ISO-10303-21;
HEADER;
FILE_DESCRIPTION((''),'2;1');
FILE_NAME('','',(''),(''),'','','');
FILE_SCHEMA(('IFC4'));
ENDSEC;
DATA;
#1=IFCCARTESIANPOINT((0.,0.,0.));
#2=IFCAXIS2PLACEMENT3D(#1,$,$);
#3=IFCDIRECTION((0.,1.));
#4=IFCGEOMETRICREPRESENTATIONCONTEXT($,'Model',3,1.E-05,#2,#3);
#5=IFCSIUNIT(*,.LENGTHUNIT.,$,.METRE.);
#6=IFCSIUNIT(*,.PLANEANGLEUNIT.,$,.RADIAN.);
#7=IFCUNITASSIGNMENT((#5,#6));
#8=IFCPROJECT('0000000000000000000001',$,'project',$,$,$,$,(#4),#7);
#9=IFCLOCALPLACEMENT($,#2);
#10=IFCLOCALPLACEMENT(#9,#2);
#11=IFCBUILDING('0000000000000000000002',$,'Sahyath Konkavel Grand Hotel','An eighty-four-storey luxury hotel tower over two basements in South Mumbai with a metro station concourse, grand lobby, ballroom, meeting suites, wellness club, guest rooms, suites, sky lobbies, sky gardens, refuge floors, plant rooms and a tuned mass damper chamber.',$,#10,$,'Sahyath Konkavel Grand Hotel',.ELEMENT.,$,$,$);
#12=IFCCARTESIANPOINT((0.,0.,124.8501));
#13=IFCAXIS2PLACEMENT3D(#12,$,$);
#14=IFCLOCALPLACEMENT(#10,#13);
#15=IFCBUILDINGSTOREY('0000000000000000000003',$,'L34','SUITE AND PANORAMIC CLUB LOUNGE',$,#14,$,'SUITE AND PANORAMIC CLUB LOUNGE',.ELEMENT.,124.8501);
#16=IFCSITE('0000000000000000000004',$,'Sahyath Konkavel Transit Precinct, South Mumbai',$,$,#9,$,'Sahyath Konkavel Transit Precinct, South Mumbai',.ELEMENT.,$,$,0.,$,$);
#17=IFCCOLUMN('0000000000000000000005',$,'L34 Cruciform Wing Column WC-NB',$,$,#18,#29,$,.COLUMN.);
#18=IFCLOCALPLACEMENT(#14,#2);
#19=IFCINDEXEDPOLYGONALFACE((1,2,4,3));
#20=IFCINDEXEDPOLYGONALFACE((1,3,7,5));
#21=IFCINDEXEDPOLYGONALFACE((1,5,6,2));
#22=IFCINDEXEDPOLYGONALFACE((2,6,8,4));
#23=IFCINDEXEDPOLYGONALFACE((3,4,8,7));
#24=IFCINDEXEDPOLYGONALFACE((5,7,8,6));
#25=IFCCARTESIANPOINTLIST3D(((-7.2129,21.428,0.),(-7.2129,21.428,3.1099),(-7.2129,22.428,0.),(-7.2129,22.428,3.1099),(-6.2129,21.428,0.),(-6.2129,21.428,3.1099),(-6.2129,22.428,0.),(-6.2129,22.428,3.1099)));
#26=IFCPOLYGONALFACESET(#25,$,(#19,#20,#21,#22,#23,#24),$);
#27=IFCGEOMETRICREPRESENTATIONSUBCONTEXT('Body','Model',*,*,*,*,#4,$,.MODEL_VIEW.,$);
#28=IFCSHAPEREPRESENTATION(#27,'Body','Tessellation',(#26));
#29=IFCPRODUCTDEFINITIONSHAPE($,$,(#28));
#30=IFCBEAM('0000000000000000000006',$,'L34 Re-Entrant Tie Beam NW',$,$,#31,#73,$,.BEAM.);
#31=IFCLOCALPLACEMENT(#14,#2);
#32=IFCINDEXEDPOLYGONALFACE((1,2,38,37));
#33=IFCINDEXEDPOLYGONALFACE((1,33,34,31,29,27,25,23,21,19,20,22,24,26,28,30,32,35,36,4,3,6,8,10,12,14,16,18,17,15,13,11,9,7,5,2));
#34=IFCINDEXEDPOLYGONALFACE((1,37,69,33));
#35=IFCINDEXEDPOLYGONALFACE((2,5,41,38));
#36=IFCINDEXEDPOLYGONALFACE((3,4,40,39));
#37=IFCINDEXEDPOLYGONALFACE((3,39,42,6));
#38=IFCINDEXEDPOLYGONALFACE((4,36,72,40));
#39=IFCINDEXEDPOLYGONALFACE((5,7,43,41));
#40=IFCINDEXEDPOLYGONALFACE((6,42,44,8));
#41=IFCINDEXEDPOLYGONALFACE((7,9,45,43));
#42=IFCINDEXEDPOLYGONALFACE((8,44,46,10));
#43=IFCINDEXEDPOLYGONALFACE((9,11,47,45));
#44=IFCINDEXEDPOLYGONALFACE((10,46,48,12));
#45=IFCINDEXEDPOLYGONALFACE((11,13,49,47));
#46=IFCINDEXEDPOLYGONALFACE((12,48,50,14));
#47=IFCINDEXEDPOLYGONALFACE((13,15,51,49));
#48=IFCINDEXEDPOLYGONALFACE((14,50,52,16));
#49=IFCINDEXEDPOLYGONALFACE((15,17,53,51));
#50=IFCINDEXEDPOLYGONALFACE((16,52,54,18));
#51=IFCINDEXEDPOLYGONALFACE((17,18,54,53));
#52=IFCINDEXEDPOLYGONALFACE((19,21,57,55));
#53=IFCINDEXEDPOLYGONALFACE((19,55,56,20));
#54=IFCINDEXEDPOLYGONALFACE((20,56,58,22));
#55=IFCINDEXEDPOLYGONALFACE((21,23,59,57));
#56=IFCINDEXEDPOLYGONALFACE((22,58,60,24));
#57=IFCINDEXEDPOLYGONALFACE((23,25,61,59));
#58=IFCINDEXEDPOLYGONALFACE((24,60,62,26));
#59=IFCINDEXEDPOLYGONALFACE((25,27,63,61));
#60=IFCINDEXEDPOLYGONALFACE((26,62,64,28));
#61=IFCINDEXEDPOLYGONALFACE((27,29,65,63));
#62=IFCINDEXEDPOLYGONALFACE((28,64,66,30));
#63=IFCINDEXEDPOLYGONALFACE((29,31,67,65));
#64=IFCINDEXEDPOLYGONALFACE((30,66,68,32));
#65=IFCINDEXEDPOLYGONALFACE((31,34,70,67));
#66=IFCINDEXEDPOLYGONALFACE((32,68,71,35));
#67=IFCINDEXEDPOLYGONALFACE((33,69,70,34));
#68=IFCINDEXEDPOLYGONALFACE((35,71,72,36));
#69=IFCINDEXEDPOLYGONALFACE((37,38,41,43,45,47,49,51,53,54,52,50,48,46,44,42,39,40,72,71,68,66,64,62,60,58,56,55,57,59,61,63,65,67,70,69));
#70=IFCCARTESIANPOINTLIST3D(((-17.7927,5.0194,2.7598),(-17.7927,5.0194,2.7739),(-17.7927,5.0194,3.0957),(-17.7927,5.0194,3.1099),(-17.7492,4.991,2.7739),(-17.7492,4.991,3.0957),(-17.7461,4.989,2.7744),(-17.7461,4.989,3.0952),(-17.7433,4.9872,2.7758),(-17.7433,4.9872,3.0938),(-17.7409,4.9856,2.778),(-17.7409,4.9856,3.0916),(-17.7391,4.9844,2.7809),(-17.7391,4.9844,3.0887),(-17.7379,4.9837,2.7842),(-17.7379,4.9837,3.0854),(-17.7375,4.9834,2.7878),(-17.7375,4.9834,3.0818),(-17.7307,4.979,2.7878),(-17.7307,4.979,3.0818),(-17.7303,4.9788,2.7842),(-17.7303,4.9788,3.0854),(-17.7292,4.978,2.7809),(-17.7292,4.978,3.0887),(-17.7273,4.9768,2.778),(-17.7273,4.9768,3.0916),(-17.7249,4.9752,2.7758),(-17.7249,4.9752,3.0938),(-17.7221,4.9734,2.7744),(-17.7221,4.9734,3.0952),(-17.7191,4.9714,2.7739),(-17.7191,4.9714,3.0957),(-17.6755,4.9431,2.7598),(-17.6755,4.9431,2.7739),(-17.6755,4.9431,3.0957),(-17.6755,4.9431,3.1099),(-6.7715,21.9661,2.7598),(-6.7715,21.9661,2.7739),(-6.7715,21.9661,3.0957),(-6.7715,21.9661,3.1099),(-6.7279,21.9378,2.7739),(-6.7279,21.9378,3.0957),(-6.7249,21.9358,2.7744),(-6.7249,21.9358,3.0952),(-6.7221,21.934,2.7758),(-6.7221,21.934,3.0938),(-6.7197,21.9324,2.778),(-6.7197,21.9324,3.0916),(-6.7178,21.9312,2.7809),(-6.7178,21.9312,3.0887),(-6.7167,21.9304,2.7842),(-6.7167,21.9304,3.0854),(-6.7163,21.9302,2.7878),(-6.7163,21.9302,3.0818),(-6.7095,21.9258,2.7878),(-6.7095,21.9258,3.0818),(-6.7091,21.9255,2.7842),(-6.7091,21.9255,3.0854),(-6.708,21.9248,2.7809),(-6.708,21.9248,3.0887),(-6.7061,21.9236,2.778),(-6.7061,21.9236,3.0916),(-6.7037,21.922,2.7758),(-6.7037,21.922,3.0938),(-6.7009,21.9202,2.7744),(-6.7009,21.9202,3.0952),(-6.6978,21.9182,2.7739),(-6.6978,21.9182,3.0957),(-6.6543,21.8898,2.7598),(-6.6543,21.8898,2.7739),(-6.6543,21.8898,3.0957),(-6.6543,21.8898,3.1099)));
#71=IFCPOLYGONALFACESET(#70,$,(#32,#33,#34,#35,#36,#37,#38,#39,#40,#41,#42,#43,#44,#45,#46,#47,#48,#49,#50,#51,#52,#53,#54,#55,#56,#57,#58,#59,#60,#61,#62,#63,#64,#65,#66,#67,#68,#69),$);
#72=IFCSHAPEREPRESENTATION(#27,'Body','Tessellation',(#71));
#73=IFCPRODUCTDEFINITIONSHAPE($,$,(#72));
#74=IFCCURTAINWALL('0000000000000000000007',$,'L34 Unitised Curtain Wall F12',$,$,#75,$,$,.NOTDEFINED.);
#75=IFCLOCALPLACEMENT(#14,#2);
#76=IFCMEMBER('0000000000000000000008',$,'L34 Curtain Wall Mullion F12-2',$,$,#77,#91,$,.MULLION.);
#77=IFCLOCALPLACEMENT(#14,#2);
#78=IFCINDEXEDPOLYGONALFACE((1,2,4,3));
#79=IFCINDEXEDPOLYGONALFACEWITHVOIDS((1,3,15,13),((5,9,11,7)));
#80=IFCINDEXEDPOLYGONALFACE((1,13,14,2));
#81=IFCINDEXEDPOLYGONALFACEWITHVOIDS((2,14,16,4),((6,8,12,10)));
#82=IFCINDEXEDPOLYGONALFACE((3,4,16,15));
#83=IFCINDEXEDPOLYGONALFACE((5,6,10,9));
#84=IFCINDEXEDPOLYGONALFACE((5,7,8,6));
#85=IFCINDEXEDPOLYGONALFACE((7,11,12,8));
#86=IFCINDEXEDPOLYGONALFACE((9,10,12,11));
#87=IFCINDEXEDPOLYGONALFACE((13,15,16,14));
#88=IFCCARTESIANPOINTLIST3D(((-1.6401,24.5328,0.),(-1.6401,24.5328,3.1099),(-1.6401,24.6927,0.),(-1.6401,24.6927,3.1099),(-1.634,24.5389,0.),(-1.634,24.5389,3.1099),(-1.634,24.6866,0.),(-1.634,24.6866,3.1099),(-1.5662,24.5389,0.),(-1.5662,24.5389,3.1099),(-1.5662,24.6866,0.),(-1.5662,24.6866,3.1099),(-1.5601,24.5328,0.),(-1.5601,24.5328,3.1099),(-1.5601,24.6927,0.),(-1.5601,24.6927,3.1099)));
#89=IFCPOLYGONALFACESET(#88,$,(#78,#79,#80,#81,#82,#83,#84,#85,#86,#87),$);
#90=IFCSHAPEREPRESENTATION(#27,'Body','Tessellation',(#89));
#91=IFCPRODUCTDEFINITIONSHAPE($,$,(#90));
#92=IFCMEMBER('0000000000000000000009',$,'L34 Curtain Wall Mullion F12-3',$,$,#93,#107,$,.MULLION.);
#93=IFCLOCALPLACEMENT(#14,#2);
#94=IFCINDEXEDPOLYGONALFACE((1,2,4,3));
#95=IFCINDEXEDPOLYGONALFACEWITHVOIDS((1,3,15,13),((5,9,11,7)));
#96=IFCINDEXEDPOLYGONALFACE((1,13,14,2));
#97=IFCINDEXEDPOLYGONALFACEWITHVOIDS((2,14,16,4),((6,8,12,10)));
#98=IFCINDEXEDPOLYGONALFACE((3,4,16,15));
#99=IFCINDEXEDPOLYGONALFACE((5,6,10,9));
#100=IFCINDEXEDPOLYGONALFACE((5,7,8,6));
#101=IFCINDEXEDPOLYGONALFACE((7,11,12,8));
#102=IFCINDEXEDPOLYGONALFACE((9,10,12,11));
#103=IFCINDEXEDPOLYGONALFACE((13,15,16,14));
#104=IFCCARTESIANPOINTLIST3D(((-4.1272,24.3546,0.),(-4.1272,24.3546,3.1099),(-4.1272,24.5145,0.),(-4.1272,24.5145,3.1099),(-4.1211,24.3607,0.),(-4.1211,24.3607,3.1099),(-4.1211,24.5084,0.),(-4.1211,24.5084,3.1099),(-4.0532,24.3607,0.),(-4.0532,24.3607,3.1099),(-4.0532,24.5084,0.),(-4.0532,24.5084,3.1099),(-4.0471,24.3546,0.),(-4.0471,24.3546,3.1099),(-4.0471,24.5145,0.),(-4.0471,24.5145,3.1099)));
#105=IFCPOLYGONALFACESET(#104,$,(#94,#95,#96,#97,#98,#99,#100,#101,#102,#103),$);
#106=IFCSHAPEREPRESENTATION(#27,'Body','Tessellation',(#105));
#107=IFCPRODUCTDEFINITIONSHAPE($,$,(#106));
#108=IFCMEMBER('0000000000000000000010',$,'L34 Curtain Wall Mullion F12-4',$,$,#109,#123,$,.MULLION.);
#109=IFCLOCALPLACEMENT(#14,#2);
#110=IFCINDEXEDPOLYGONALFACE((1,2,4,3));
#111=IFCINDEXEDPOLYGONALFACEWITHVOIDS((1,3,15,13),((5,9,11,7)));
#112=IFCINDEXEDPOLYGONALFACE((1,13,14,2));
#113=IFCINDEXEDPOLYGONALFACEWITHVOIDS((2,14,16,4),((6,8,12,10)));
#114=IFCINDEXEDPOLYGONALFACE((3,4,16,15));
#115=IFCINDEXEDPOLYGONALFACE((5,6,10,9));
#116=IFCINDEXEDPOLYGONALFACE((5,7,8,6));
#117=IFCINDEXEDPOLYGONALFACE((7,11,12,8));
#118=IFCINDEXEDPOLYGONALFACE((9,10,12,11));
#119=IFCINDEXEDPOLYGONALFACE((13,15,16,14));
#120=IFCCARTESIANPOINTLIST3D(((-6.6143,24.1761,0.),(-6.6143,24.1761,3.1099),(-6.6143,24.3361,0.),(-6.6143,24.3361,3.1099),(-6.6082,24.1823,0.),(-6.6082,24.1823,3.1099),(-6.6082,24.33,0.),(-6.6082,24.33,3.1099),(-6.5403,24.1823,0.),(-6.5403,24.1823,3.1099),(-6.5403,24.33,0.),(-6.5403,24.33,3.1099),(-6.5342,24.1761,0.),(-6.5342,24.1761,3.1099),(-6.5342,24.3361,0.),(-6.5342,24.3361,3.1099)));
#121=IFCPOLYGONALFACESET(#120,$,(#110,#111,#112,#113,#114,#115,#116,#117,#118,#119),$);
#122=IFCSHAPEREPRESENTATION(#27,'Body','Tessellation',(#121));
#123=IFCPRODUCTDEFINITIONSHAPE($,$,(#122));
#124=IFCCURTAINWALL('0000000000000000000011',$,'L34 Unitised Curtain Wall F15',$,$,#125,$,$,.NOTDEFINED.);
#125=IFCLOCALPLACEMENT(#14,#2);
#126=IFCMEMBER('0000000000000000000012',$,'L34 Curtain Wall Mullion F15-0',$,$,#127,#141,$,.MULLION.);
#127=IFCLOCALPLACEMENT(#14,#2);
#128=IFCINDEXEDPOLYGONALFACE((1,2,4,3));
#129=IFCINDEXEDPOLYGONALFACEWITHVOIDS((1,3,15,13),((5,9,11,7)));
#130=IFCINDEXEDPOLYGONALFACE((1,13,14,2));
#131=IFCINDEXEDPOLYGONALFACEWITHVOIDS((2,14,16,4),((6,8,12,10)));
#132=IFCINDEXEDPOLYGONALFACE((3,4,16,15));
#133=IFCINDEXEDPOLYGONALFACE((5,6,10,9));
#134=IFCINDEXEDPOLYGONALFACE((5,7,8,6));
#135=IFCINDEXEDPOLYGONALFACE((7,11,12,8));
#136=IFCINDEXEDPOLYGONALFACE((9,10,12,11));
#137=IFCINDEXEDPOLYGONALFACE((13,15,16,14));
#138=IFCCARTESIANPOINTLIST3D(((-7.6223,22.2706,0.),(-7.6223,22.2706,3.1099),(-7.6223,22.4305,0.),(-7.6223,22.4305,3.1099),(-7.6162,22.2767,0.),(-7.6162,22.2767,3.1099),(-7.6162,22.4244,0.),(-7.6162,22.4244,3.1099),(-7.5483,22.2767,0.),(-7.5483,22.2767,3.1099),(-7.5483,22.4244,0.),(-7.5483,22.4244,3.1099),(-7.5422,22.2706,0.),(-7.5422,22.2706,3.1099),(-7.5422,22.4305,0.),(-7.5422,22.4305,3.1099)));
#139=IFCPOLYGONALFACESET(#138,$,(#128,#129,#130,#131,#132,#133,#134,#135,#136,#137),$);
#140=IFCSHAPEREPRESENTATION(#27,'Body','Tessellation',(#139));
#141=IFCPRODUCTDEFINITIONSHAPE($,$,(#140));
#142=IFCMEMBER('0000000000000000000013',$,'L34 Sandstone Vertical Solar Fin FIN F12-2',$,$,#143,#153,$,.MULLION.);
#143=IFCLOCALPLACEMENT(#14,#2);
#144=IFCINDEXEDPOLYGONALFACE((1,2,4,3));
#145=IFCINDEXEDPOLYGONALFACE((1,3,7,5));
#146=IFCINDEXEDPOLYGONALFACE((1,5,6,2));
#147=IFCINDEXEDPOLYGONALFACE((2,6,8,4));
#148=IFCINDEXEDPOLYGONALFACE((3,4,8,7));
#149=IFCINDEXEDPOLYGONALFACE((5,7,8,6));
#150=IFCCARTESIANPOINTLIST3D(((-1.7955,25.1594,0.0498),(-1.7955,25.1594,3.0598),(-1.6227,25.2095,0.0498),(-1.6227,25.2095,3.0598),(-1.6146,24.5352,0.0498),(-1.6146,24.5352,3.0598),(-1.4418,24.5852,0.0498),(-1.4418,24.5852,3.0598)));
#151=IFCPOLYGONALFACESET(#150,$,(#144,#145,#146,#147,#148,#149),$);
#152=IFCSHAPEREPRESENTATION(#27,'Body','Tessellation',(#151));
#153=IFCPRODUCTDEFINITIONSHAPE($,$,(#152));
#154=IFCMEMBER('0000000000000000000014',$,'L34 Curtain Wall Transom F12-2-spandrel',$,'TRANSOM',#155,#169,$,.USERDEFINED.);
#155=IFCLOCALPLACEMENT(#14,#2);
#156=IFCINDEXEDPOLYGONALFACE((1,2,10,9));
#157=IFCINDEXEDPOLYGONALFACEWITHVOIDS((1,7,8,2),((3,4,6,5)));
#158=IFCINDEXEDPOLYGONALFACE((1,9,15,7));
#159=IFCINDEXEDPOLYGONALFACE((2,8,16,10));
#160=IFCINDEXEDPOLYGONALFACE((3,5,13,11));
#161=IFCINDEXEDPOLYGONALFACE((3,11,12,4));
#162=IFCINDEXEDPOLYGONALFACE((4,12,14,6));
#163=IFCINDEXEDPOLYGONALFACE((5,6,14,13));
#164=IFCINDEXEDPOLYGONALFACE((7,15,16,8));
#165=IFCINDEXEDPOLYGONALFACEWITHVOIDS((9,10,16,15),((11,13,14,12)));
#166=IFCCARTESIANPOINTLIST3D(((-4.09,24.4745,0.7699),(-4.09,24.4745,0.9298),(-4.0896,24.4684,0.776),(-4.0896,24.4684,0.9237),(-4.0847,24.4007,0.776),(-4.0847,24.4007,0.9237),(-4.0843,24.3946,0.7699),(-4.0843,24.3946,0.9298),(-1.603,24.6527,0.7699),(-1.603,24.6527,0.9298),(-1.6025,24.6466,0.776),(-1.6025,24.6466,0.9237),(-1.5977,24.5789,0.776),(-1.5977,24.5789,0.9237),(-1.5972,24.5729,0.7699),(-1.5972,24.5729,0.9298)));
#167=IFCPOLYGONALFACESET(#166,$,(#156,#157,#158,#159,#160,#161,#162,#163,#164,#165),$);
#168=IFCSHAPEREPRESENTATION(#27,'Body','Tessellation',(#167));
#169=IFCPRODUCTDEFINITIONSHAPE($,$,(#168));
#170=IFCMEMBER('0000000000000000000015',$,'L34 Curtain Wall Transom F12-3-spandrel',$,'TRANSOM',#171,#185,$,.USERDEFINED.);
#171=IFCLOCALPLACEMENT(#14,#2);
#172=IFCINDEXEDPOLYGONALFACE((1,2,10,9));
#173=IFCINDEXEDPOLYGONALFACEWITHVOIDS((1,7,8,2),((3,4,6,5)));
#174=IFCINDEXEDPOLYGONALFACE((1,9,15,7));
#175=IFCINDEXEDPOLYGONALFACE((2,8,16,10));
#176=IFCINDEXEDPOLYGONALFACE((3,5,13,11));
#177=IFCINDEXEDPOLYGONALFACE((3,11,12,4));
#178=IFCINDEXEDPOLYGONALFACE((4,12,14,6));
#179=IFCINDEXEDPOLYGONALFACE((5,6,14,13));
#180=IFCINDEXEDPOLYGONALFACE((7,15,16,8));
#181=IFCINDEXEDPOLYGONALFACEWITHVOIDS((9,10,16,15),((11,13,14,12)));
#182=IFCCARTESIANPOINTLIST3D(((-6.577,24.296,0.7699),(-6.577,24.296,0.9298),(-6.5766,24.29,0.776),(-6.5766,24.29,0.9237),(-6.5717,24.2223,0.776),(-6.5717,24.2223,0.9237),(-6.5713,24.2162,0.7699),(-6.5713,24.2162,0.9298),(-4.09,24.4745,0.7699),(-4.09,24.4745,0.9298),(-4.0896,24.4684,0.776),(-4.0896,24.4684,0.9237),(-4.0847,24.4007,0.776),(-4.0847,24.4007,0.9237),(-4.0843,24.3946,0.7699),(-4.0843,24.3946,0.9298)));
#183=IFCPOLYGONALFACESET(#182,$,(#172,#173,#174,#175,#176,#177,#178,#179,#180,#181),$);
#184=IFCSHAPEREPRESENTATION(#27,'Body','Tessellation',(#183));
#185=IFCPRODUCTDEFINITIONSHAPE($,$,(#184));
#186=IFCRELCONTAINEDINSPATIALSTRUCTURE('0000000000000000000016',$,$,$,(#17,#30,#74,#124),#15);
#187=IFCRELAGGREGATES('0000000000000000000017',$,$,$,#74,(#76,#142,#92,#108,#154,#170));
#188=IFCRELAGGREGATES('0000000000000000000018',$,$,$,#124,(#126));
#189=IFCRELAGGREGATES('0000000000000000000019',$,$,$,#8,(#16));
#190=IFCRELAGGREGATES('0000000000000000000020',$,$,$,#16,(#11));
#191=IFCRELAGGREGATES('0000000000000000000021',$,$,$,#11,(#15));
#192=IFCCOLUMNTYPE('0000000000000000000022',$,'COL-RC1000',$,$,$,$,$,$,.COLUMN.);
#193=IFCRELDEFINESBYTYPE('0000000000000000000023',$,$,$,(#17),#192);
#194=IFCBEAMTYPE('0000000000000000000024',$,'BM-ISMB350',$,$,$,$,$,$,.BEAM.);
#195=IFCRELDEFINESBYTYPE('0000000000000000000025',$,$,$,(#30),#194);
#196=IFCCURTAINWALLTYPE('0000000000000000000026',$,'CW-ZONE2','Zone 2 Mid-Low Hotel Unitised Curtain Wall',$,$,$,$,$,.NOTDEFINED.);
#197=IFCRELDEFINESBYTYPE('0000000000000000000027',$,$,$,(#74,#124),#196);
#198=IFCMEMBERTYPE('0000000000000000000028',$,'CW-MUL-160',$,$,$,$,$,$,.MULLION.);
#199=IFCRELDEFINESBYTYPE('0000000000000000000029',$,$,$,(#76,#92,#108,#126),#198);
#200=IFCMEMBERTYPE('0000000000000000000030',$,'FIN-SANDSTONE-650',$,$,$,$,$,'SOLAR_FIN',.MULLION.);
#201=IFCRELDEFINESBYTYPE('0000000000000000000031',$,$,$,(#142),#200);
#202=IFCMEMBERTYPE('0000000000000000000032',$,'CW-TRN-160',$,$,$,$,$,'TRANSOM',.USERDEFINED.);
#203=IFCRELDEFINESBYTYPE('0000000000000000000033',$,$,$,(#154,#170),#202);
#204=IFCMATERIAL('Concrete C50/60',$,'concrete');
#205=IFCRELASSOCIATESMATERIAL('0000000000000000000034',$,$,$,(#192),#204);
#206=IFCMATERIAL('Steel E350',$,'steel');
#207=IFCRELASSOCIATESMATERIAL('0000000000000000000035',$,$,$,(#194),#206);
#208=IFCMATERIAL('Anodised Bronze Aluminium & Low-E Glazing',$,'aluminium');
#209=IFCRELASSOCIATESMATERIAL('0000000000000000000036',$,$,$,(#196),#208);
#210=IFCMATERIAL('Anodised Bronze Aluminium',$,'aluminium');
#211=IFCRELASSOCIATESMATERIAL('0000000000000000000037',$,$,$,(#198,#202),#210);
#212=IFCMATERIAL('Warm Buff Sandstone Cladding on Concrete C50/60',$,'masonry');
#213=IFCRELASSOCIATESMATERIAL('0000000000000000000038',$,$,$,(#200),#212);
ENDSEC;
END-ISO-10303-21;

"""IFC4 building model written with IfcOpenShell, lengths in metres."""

from ifc_helpers import new_model, si_unit, direction, frame, origin, origin_2d, place, context, subcontext, project, spatial, rectangle, hollow_rectangle, i_section, extrude, source, transform, mapped, material, material_profile, profile_set, type_object, element, aggregate, save


model = new_model("IFC4")

# Units and contexts
model_context = context("Model", 3, precision=1e-05, world=origin(), true_north=direction((0.0, 1.0)))
body_context = subcontext(model_context, "Body", "Model", "MODEL_VIEW")
ifc_project = project(units=[si_unit("LENGTHUNIT", "METRE"), si_unit("PLANEANGLEUNIT", "RADIAN")], contexts=[model_context])

# Site, building, storey
site_placement = place(None, origin())
site = spatial("IfcSite", under=ifc_project, at=site_placement, Name="Sahyath Konkavel Transit Precinct, South Mumbai", LongName="Sahyath Konkavel Transit Precinct, South Mumbai", CompositionType="ELEMENT", RefElevation=0.0)
building_placement = place(site_placement, origin())
building = spatial("IfcBuilding", under=site, at=building_placement, Name="Sahyath Konkavel Grand Hotel", Description="An eighty-four-storey luxury hotel tower over two basements in South Mumbai with a metro station concourse, grand lobby, ballroom, meeting suites, wellness club, guest rooms, suites, sky lobbies, sky gardens, refuge floors, plant rooms and a tuned mass damper chamber.", LongName="Sahyath Konkavel Grand Hotel", CompositionType="ELEMENT")
storey_placement = place(building_placement, frame((0.0, 0.0, 124.8501)))
storey = spatial("IfcBuildingStorey", under=building, at=storey_placement, Name="L34", Description="SUITE AND PANORAMIC CLUB LOUNGE", LongName="SUITE AND PANORAMIC CLUB LOUNGE", CompositionType="ELEMENT", Elevation=124.8501)

# Column
ifc_material_1 = material(Name="Concrete C50/60", Category="concrete")
ifc_material_profile_1 = material_profile(ifc_material_1, rectangle(XDim=1.0, YDim=1.0, at=origin_2d()), Name="RC 1000x1000")
ifc_profile_set_1 = profile_set([ifc_material_profile_1], Name="Concrete C50/60")
column_type = type_object("IfcColumnType", Name="COL-RC1000", PredefinedType="COLUMN", material=ifc_profile_set_1)
shared_shape_1 = source(origin(), body_context, "Body", "SweptSolid", [
    extrude(rectangle(XDim=1.0, YDim=1.0, at=origin_2d()), origin(), (0.0, 0.0, 1.0), 3.1099),
])
column_placement = place(storey_placement, frame((-6.7129, 21.928, 0.0), z_axis=(0.0, 0.0, 1.0), x_axis=(1.0, 0.0, 0.0)))
element("IfcColumn", 1, at=column_placement, inside=storey, type_object=column_type, Name="L34 Cruciform Wing Column WC-NB", PredefinedType="COLUMN", context=body_context, shape_type="MappedRepresentation", body=[
    mapped(shared_shape_1, transform((0.0, 0.0, 0.0), scale=1.0)),
])

# Beam
ifc_material_2 = material(Name="Steel E350", Category="steel")
ifc_material_profile_2 = material_profile(ifc_material_2, i_section(OverallWidth=0.1399, OverallDepth=0.3501, WebThickness=0.0081, FlangeThickness=0.0142, FilletRadius=0.0139, at=origin_2d()), Name="ISMB 350")
ifc_profile_set_2 = profile_set([ifc_material_profile_2], Name="Steel E350")
beam_type = type_object("IfcBeamType", Name="BM-ISMB350", PredefinedType="BEAM", material=ifc_profile_set_2)
shared_shape_2 = source(origin(), body_context, "Body", "SweptSolid", [
    extrude(i_section(OverallWidth=0.1399, OverallDepth=0.3501, WebThickness=0.0081, FlangeThickness=0.0142, FilletRadius=0.0139, at=origin_2d()), origin(), (0.0, 0.0, 1.0), 20.2153),
])
beam_placement = place(storey_placement, frame((-6.7129, 21.928, 2.9348), z_axis=(-0.545191, -0.838312, 0.0), x_axis=(0.838312, -0.545191, 0.0)))
element("IfcBeam", 2, at=beam_placement, inside=storey, type_object=beam_type, Name="L34 Re-Entrant Tie Beam NW", PredefinedType="BEAM", context=body_context, shape_type="MappedRepresentation", body=[
    mapped(shared_shape_2, transform((0.0, 0.0, 0.0), scale=1.0)),
])

# Curtain wall, members
ifc_material_3 = material(Name="Anodised Bronze Aluminium & Low-E Glazing", Category="aluminium")
curtain_wall_type = type_object("IfcCurtainWallType", Name="CW-ZONE2", Description="Zone 2 Mid-Low Hotel Unitised Curtain Wall", PredefinedType="NOTDEFINED", material=ifc_material_3)
curtain_wall_1_placement = place(storey_placement, origin())
curtain_wall_1 = element("IfcCurtainWall", 3, at=curtain_wall_1_placement, inside=storey, type_object=curtain_wall_type, Name="L34 Unitised Curtain Wall F12", PredefinedType="NOTDEFINED")
ifc_material_4 = material(Name="Anodised Bronze Aluminium", Category="aluminium")
ifc_material_profile_3 = material_profile(ifc_material_4, hollow_rectangle(XDim=0.0801, YDim=0.1599, WallThickness=0.0061, at=origin_2d()), Name="RHS 160x80x6")
ifc_profile_set_3 = profile_set([ifc_material_profile_3], Name="Anodised Bronze Aluminium")
member_type_1 = type_object("IfcMemberType", Name="CW-MUL-160", PredefinedType="MULLION", material=ifc_profile_set_3)
shared_shape_3 = source(origin(), body_context, "Body", "SweptSolid", [
    extrude(hollow_rectangle(XDim=0.0801, YDim=0.1599, WallThickness=0.0061, at=origin_2d()), origin(), (0.0, 0.0, 1.0), 3.1099),
])
member_1_placement = place(storey_placement, frame((-1.6001, 24.6128, 0.0), z_axis=(0.0, 0.0, 1.0), x_axis=(1.0, 0.0, 0.0)))
member_1 = element("IfcMember", 4, at=member_1_placement, type_object=member_type_1, Name="L34 Curtain Wall Mullion F12-2", PredefinedType="MULLION", context=body_context, shape_type="MappedRepresentation", body=[
    mapped(shared_shape_3, transform((0.0, 0.0, 0.0), scale=1.0)),
])
member_2_placement = place(storey_placement, frame((-4.0872, 24.4346, 0.0), z_axis=(0.0, 0.0, 1.0), x_axis=(1.0, 0.0, 0.0)))
member_2 = element("IfcMember", 5, at=member_2_placement, type_object=member_type_1, Name="L34 Curtain Wall Mullion F12-3", PredefinedType="MULLION", context=body_context, shape_type="MappedRepresentation", body=[
    mapped(shared_shape_3, transform((0.0, 0.0, 0.0), scale=1.0)),
])
member_3_placement = place(storey_placement, frame((-6.5742, 24.2561, 0.0), z_axis=(0.0, 0.0, 1.0), x_axis=(1.0, 0.0, 0.0)))
member_3 = element("IfcMember", 6, at=member_3_placement, type_object=member_type_1, Name="L34 Curtain Wall Mullion F12-4", PredefinedType="MULLION", context=body_context, shape_type="MappedRepresentation", body=[
    mapped(shared_shape_3, transform((0.0, 0.0, 0.0), scale=1.0)),
])

# Curtain wall, member
curtain_wall_2_placement = place(storey_placement, origin())
curtain_wall_2 = element("IfcCurtainWall", 7, at=curtain_wall_2_placement, inside=storey, type_object=curtain_wall_type, Name="L34 Unitised Curtain Wall F15", PredefinedType="NOTDEFINED")
member_4_placement = place(storey_placement, frame((-7.5823, 22.3506, 0.0), z_axis=(0.0, 0.0, 1.0), x_axis=(1.0, 0.0, 0.0)))
member_4 = element("IfcMember", 8, at=member_4_placement, type_object=member_type_1, Name="L34 Curtain Wall Mullion F15-0", PredefinedType="MULLION", context=body_context, shape_type="MappedRepresentation", body=[
    mapped(shared_shape_3, transform((0.0, 0.0, 0.0), scale=1.0)),
])

# Members
ifc_material_5 = material(Name="Warm Buff Sandstone Cladding on Concrete C50/60", Category="masonry")
ifc_material_profile_4 = material_profile(ifc_material_5, rectangle(XDim=0.1799, YDim=0.6499, at=origin_2d()), Name="FIN 180x650")
ifc_profile_set_4 = profile_set([ifc_material_profile_4], Name="Warm Buff Sandstone Cladding on Concrete C50/60")
member_type_2 = type_object("IfcMemberType", Name="FIN-SANDSTONE-650", ElementType="SOLAR_FIN", PredefinedType="MULLION", material=ifc_profile_set_4)
shared_shape_4 = source(origin(), body_context, "Body", "SweptSolid", [
    extrude(rectangle(XDim=0.1799, YDim=0.6499, at=origin_2d()), origin(), (0.0, 0.0, 1.0), 3.01),
])
member_5_placement = place(storey_placement, frame((-1.6187, 24.8723, 0.0498), z_axis=(0.0, 0.0, 1.0), x_axis=(0.960488, 0.278321, 0.0)))
member_5 = element("IfcMember", 9, at=member_5_placement, type_object=member_type_2, Name="L34 Sandstone Vertical Solar Fin FIN F12-2", PredefinedType="MULLION", context=body_context, shape_type="MappedRepresentation", body=[
    mapped(shared_shape_4, transform((0.0, 0.0, 0.0), scale=1.0)),
])
ifc_material_profile_5 = material_profile(ifc_material_4, hollow_rectangle(XDim=0.0801, YDim=0.1599, WallThickness=0.0061, at=origin_2d()), Name="RHS 160x80x6")
ifc_profile_set_5 = profile_set([ifc_material_profile_5], Name="Anodised Bronze Aluminium")
member_type_3 = type_object("IfcMemberType", Name="CW-TRN-160", ElementType="TRANSOM", PredefinedType="USERDEFINED", material=ifc_profile_set_5)
shared_shape_5 = source(origin(), body_context, "Body", "SweptSolid", [
    extrude(hollow_rectangle(XDim=0.0801, YDim=0.1599, WallThickness=0.0061, at=origin_2d()), origin(), (0.0, 0.0, 1.0), 2.4934),
])
member_6_placement = place(storey_placement, frame((-1.6001, 24.6128, 0.8499), z_axis=(-0.997442, -0.071477, 0.0), x_axis=(0.071477, -0.997442, 0.0)))
member_6 = element("IfcMember", 10, at=member_6_placement, type_object=member_type_3, Name="L34 Curtain Wall Transom F12-2-spandrel", ObjectType="TRANSOM", PredefinedType="USERDEFINED", context=body_context, shape_type="MappedRepresentation", body=[
    mapped(shared_shape_5, transform((0.0, 0.0, 0.0), scale=1.0)),
])
member_7_placement = place(storey_placement, frame((-4.0872, 24.4346, 0.8499), z_axis=(-0.997435, -0.071574, 0.0), x_axis=(0.071574, -0.997435, 0.0)))
member_7 = element("IfcMember", 11, at=member_7_placement, type_object=member_type_3, Name="L34 Curtain Wall Transom F12-3-spandrel", ObjectType="TRANSOM", PredefinedType="USERDEFINED", context=body_context, shape_type="MappedRepresentation", body=[
    mapped(shared_shape_5, transform((0.0, 0.0, 0.0), scale=1.0)),
])

aggregate(curtain_wall_1, [member_1, member_5, member_2, member_3, member_6, member_7])
aggregate(curtain_wall_2, [member_4])

save(model, "model.ifc")
